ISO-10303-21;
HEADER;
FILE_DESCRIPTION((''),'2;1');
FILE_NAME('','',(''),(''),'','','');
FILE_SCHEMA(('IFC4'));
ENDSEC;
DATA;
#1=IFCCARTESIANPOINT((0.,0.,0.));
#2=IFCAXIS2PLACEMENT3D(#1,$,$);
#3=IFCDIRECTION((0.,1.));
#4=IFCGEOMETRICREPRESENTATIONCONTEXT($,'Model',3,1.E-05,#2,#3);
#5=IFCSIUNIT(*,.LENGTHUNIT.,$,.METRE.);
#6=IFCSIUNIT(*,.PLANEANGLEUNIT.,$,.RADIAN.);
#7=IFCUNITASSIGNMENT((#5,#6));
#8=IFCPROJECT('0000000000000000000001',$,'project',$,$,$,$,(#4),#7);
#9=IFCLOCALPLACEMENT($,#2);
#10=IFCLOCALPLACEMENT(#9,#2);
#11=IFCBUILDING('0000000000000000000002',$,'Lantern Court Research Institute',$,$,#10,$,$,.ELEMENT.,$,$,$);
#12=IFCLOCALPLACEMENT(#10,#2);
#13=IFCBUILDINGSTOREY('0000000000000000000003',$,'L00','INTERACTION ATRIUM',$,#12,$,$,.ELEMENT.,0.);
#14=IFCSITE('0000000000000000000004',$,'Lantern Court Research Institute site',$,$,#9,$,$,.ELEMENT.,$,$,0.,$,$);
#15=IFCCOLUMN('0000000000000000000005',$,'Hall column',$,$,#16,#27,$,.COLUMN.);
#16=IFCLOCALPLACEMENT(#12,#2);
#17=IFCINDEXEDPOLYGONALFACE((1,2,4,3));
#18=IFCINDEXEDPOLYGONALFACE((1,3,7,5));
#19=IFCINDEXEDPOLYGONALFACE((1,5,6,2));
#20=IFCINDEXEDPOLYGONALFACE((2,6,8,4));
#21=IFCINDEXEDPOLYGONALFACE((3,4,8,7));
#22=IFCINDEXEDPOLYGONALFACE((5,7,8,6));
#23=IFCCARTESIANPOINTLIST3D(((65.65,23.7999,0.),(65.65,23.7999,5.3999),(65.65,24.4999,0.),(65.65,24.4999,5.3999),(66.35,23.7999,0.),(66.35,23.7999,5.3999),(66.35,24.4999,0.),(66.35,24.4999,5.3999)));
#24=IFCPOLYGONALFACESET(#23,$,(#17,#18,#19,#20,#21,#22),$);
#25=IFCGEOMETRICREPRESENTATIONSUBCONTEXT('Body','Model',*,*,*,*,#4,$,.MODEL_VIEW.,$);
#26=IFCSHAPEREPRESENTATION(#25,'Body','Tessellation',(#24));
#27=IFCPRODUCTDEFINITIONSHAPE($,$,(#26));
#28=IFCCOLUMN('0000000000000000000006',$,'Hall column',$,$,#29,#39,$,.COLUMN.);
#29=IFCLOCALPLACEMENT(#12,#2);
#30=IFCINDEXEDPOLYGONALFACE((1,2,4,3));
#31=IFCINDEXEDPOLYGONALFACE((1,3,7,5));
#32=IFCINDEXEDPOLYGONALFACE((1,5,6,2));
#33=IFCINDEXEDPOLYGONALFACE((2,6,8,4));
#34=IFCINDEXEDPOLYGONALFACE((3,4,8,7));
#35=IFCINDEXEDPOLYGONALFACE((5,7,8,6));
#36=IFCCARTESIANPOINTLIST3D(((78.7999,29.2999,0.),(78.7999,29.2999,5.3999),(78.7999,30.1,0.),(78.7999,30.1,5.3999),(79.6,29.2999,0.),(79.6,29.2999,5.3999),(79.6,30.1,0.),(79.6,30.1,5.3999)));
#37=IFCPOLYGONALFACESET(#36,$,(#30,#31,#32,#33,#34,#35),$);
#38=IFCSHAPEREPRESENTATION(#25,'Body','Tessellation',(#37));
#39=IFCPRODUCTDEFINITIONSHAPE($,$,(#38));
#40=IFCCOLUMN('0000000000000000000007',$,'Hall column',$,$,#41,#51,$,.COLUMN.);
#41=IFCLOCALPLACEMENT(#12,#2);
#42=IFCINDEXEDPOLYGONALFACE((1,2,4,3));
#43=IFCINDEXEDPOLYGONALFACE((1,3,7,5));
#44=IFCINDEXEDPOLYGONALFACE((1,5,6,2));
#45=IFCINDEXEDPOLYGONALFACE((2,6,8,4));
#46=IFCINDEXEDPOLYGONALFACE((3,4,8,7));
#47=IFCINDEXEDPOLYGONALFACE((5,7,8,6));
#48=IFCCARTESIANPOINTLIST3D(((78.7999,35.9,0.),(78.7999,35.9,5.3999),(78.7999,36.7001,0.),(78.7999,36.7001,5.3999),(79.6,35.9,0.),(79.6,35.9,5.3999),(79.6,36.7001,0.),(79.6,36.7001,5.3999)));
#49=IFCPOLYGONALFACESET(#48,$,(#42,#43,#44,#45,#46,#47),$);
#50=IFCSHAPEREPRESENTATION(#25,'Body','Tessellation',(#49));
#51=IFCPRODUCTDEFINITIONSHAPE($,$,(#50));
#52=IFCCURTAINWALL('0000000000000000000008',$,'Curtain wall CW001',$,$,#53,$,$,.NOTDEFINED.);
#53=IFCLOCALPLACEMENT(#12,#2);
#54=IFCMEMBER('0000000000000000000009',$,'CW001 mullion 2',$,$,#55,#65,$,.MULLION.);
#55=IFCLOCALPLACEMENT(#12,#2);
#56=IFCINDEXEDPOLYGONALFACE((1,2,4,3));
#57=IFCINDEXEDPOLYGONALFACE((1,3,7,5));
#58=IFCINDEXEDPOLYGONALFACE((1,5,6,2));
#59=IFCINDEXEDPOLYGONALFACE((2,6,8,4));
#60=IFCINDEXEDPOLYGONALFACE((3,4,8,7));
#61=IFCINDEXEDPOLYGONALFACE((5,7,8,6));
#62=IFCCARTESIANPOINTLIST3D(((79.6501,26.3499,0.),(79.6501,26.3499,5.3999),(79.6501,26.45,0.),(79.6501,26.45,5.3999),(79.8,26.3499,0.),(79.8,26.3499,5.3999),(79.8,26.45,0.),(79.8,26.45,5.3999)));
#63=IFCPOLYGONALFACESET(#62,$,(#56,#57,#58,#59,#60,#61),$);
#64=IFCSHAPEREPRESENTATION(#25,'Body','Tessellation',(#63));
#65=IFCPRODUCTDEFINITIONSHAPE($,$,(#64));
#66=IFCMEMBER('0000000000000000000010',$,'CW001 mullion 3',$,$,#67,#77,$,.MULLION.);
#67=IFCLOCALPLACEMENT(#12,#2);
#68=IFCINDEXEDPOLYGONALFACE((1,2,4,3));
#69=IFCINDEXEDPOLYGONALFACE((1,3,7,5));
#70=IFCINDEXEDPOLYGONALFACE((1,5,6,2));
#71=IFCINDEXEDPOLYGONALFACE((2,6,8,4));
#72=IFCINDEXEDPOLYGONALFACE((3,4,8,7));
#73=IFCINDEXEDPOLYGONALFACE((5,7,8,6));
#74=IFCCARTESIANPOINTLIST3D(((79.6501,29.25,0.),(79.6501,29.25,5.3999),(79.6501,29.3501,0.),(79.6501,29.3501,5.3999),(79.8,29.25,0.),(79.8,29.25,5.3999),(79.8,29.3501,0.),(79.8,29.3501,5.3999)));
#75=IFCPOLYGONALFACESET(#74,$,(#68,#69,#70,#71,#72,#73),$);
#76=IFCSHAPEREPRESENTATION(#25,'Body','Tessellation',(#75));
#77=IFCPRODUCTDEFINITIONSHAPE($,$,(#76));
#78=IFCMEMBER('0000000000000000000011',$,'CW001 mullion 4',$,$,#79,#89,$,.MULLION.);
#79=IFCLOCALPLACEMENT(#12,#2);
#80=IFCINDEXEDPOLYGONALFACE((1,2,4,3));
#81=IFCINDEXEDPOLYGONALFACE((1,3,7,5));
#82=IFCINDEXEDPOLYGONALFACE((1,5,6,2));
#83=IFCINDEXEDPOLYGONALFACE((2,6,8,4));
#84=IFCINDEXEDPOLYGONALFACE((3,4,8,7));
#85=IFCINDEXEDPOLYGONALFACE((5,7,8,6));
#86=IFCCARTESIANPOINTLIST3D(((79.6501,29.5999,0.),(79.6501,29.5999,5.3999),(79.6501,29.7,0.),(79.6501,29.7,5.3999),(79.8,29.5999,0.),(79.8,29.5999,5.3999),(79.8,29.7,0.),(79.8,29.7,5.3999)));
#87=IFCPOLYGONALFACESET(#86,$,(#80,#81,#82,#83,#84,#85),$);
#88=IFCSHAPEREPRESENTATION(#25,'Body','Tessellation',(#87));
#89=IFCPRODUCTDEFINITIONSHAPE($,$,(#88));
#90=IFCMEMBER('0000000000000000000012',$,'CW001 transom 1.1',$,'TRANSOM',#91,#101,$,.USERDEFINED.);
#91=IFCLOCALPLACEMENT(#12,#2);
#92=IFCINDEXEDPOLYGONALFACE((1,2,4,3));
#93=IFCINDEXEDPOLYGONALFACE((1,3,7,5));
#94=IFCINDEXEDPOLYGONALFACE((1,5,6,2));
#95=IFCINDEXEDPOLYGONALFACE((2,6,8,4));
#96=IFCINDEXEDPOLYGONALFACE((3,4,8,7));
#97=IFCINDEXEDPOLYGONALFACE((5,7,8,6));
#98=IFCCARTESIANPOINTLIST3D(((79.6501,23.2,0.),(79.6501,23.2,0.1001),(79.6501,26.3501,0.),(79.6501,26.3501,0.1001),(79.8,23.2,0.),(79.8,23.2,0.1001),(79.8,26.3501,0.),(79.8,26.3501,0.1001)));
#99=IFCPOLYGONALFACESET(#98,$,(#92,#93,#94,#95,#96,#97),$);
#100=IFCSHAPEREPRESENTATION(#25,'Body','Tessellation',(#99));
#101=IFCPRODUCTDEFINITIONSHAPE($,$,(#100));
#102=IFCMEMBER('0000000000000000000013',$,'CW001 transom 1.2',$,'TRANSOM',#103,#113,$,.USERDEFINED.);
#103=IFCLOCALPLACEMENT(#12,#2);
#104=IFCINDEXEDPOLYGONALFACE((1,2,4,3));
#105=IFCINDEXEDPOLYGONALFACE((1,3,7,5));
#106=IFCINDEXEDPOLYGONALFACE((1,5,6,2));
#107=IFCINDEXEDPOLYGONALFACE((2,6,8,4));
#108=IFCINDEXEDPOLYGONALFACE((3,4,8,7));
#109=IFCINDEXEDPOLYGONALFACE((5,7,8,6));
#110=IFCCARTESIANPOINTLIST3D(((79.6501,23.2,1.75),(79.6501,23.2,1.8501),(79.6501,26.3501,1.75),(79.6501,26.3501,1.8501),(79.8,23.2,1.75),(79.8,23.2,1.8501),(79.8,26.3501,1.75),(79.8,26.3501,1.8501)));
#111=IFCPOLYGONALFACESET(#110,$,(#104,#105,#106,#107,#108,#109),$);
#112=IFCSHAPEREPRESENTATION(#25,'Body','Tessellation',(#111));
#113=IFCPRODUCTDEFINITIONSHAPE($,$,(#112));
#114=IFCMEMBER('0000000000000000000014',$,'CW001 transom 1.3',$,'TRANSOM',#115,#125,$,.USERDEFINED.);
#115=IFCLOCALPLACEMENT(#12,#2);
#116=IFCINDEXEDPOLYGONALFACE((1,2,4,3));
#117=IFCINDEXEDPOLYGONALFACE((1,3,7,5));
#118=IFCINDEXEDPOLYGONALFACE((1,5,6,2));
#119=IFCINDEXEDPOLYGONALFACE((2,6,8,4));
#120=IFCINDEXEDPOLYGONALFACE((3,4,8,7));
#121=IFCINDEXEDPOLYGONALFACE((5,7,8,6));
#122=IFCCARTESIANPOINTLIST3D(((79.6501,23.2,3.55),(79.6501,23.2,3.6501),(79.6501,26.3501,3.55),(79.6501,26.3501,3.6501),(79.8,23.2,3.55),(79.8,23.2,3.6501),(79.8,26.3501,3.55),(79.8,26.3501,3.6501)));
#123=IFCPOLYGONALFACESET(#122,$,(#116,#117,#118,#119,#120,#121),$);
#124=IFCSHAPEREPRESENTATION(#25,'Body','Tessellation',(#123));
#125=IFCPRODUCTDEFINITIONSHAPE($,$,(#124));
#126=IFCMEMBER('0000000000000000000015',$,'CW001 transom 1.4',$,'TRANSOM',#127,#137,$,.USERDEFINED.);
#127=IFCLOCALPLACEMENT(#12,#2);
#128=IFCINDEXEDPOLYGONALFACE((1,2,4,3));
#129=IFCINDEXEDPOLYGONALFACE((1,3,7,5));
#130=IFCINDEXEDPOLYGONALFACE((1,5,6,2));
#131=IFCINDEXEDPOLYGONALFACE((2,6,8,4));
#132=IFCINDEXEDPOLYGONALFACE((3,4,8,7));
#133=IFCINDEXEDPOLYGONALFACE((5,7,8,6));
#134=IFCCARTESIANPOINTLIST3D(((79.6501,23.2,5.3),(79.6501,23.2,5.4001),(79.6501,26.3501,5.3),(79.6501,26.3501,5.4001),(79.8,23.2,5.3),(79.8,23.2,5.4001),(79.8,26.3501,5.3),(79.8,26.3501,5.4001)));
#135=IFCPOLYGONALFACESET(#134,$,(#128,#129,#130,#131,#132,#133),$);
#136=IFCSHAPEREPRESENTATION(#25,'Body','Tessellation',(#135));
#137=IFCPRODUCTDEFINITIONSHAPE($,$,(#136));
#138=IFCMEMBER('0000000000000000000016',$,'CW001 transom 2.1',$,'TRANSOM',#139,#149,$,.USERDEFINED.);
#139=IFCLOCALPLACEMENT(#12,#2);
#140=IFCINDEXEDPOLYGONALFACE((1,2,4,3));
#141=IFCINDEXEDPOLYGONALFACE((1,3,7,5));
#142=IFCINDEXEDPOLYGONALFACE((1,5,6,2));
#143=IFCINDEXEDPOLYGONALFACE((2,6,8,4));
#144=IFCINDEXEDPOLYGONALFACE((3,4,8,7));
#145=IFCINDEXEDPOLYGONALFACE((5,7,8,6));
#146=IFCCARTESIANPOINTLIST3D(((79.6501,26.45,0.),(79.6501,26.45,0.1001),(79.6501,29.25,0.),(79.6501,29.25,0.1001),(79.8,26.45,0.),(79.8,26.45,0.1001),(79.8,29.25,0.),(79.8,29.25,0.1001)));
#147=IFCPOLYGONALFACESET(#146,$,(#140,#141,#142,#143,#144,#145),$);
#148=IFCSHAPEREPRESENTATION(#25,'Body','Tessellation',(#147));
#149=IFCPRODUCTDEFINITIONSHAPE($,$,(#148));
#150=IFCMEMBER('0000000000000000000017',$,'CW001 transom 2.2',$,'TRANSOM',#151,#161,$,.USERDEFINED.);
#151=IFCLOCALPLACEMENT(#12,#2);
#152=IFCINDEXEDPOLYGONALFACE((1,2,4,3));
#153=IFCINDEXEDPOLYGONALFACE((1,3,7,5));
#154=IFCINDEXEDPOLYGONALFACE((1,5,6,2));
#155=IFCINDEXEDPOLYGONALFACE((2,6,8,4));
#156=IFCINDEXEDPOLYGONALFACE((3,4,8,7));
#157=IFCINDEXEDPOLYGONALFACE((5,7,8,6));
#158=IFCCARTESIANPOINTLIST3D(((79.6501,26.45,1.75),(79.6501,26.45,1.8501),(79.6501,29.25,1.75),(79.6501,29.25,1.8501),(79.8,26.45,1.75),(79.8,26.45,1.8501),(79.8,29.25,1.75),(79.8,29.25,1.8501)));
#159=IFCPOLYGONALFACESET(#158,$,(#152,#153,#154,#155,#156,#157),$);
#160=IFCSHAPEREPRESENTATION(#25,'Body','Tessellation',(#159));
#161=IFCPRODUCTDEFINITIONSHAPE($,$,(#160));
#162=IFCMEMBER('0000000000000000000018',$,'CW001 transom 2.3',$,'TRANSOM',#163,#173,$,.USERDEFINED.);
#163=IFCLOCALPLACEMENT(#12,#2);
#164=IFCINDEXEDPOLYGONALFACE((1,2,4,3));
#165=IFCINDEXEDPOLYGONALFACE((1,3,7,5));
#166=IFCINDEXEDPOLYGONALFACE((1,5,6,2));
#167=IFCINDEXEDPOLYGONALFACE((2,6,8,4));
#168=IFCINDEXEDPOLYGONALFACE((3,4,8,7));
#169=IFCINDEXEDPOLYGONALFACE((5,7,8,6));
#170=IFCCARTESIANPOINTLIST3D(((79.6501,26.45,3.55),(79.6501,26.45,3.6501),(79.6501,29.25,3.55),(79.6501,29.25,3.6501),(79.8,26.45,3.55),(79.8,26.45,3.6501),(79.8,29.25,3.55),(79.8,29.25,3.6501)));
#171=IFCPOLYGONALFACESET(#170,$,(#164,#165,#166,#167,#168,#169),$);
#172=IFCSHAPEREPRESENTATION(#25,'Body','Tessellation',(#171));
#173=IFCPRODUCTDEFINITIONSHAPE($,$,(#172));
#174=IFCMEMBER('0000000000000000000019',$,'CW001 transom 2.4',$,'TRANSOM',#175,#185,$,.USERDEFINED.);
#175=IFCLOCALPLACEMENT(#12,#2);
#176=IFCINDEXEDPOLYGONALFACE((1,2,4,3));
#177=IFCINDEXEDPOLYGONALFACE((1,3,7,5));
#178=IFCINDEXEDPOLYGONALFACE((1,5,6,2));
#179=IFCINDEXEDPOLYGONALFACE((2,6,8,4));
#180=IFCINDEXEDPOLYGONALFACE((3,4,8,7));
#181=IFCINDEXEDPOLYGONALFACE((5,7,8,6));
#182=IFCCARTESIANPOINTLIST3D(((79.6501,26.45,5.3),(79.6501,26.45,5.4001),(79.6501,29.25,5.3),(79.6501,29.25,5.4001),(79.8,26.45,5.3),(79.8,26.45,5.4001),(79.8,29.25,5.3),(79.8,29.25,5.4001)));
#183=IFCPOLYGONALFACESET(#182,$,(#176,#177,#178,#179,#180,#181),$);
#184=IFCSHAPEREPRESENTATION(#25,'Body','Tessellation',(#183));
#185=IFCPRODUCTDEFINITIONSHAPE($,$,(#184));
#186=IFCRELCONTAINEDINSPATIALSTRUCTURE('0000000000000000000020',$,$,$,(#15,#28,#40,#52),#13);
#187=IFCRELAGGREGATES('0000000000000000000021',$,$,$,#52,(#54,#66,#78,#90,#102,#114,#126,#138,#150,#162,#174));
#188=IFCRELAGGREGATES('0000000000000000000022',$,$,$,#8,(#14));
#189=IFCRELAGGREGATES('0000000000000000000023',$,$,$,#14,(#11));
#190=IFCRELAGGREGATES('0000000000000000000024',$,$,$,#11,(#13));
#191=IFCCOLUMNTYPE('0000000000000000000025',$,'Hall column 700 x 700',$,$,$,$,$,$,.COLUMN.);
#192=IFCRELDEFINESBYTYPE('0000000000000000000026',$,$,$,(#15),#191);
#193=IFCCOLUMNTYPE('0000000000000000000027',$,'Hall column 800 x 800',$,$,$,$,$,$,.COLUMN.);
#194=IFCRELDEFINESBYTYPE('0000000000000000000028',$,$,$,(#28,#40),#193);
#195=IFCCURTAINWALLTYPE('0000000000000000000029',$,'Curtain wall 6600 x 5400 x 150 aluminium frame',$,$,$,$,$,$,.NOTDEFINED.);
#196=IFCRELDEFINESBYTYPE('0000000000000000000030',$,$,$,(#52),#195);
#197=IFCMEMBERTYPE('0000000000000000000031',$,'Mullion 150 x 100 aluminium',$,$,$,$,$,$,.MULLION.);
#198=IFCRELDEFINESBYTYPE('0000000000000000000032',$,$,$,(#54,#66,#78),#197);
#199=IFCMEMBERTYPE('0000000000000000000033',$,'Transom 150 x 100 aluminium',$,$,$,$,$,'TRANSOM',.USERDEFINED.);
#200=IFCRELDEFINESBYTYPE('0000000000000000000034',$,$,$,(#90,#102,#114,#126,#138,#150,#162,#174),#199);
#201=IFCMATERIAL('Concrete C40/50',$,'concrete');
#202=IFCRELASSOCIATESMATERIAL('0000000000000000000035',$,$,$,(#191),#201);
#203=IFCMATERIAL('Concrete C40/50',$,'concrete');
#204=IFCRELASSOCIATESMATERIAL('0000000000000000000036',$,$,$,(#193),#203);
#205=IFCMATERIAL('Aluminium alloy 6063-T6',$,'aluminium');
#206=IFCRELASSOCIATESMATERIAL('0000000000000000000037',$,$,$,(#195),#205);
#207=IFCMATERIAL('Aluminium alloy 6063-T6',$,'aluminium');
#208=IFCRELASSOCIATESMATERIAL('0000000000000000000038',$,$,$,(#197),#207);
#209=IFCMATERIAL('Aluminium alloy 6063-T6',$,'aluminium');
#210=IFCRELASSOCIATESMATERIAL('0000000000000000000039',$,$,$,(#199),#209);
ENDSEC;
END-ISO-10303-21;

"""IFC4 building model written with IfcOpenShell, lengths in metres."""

from ifc_helpers import new_model, si_unit, direction, frame, origin, origin_2d, place, context, subcontext, project, spatial, rectangle, extrude, material, material_profile, profile_set, type_object, element, aggregate, save


model = new_model("IFC4")

# Units and contexts
model_context = context("Model", 3, precision=1e-05, world=origin(), true_north=direction((0.0, 1.0)))
body_context = subcontext(model_context, "Body", "Model", "MODEL_VIEW")
ifc_project = project(units=[si_unit("LENGTHUNIT", "METRE"), si_unit("PLANEANGLEUNIT", "RADIAN")], contexts=[model_context])

# Site, building, storey
site_placement = place(None, origin())
site = spatial("IfcSite", under=ifc_project, at=site_placement, Name="Lantern Court Research Institute site", CompositionType="ELEMENT", RefElevation=0.0)
building_placement = place(site_placement, origin())
building = spatial("IfcBuilding", under=site, at=building_placement, Name="Lantern Court Research Institute", CompositionType="ELEMENT")
storey_placement = place(building_placement, origin())
storey = spatial("IfcBuildingStorey", under=building, at=storey_placement, Name="L00", Description="INTERACTION ATRIUM", CompositionType="ELEMENT", Elevation=0.0)

# Columns
ifc_material_1 = material(Name="Concrete C40/50", Category="concrete")
ifc_material_profile_1 = material_profile(ifc_material_1, rectangle(XDim=0.7, YDim=0.7, at=origin_2d()), Name="Hall column 700 x 700")
ifc_profile_set_1 = profile_set([ifc_material_profile_1], Name="Concrete C40/50")
column_type_1 = type_object("IfcColumnType", Name="Hall column 700 x 700", PredefinedType="COLUMN", material=ifc_profile_set_1)
column_placement = place(storey_placement, frame((66.0, 24.1499, 0.0), z_axis=(0.0, 0.0, 1.0), x_axis=(1.0, 0.0, 0.0)))
element("IfcColumn", 1, at=column_placement, inside=storey, type_object=column_type_1, Name="Hall column", PredefinedType="COLUMN", context=body_context, shape_type="SweptSolid", body=[
    extrude(rectangle(XDim=0.7, YDim=0.7, at=origin_2d()), origin(), (0.0, 0.0, 1.0), 5.3999),
])
ifc_material_2 = material(Name="Concrete C40/50", Category="concrete")
ifc_material_profile_2 = material_profile(ifc_material_2, rectangle(XDim=0.8, YDim=0.8, at=origin_2d()), Name="Hall column 800 x 800")
ifc_profile_set_2 = profile_set([ifc_material_profile_2], Name="Concrete C40/50")
column_type_2 = type_object("IfcColumnType", Name="Hall column 800 x 800", PredefinedType="COLUMN", material=ifc_profile_set_2)
for number, where, z_axis, x_axis, name in (
    (2, (79.2, 29.7, 0.0), (0.0, 0.0, 1.0), (1.0, 0.0, 0.0), "Hall column"),
    (3, (79.2, 36.3, 0.0), (0.0, 0.0, 1.0), (1.0, 0.0, 0.0), "Hall column"),
):
    element("IfcColumn", number, at=place(storey_placement, frame(where, z_axis=z_axis, x_axis=x_axis)), inside=storey, type_object=column_type_2, Name=name, PredefinedType="COLUMN", context=body_context, shape_type="SweptSolid", body=[
        extrude(rectangle(XDim=0.8, YDim=0.8, at=origin_2d()), origin(), (0.0, 0.0, 1.0), 5.3999),
    ])

# Curtain wall, members
ifc_material_3 = material(Name="Aluminium alloy 6063-T6", Category="aluminium")
curtain_wall_type = type_object("IfcCurtainWallType", Name="Curtain wall 6600 x 5400 x 150 aluminium frame", PredefinedType="NOTDEFINED", material=ifc_material_3)
curtain_wall_placement = place(storey_placement, origin())
curtain_wall = element("IfcCurtainWall", 4, at=curtain_wall_placement, inside=storey, type_object=curtain_wall_type, Name="Curtain wall CW001", PredefinedType="NOTDEFINED")
ifc_material_4 = material(Name="Aluminium alloy 6063-T6", Category="aluminium")
ifc_material_profile_3 = material_profile(ifc_material_4, rectangle(XDim=0.1499, YDim=0.1001, at=origin_2d()), Name="Mullion 150 x 100")
ifc_profile_set_3 = profile_set([ifc_material_profile_3], Name="Aluminium alloy 6063-T6")
member_type_1 = type_object("IfcMemberType", Name="Mullion 150 x 100 aluminium", PredefinedType="MULLION", material=ifc_profile_set_3)
member_1_placement = place(storey_placement, frame((79.7251, 26.3999, 0.0), z_axis=(0.0, 0.0, 1.0), x_axis=(1.0, 0.0, 0.0)))
member_1 = element("IfcMember", 5, at=member_1_placement, type_object=member_type_1, Name="CW001 mullion 2", PredefinedType="MULLION", context=body_context, shape_type="SweptSolid", body=[
    extrude(rectangle(XDim=0.1499, YDim=0.1001, at=origin_2d()), origin(), (0.0, 0.0, 1.0), 5.3999),
])
member_2_placement = place(storey_placement, frame((79.7251, 29.3, 0.0), z_axis=(0.0, 0.0, 1.0), x_axis=(1.0, 0.0, 0.0)))
member_2 = element("IfcMember", 6, at=member_2_placement, type_object=member_type_1, Name="CW001 mullion 3", PredefinedType="MULLION", context=body_context, shape_type="SweptSolid", body=[
    extrude(rectangle(XDim=0.1499, YDim=0.1001, at=origin_2d()), origin(), (0.0, 0.0, 1.0), 5.3999),
])
member_3_placement = place(storey_placement, frame((79.7251, 29.6499, 0.0), z_axis=(0.0, 0.0, 1.0), x_axis=(1.0, 0.0, 0.0)))
member_3 = element("IfcMember", 7, at=member_3_placement, type_object=member_type_1, Name="CW001 mullion 4", PredefinedType="MULLION", context=body_context, shape_type="SweptSolid", body=[
    extrude(rectangle(XDim=0.1499, YDim=0.1001, at=origin_2d()), origin(), (0.0, 0.0, 1.0), 5.3999),
])
ifc_material_5 = material(Name="Aluminium alloy 6063-T6", Category="aluminium")
ifc_material_profile_4 = material_profile(ifc_material_5, rectangle(XDim=0.1499, YDim=0.1001, at=origin_2d()), Name="Transom 150 x 100")
ifc_profile_set_4 = profile_set([ifc_material_profile_4], Name="Aluminium alloy 6063-T6")
member_type_2 = type_object("IfcMemberType", Name="Transom 150 x 100 aluminium", ElementType="TRANSOM", PredefinedType="USERDEFINED", material=ifc_profile_set_4)
member_4_placement = place(storey_placement, frame((79.7251, 26.3501, 0.05), z_axis=(0.0, -1.0, 0.0), x_axis=(1.0, 0.0, 0.0)))
member_4 = element("IfcMember", 8, at=member_4_placement, type_object=member_type_2, Name="CW001 transom 1.1", ObjectType="TRANSOM", PredefinedType="USERDEFINED", context=body_context, shape_type="SweptSolid", body=[
    extrude(rectangle(XDim=0.1499, YDim=0.1001, at=origin_2d()), origin(), (0.0, 0.0, 1.0), 3.1501),
])
member_5_placement = place(storey_placement, frame((79.7251, 26.3501, 1.8), z_axis=(0.0, -1.0, 0.0), x_axis=(1.0, 0.0, 0.0)))
member_5 = element("IfcMember", 9, at=member_5_placement, type_object=member_type_2, Name="CW001 transom 1.2", ObjectType="TRANSOM", PredefinedType="USERDEFINED", context=body_context, shape_type="SweptSolid", body=[
    extrude(rectangle(XDim=0.1499, YDim=0.1001, at=origin_2d()), origin(), (0.0, 0.0, 1.0), 3.1501),
])
member_6_placement = place(storey_placement, frame((79.7251, 26.3501, 3.6001), z_axis=(0.0, -1.0, 0.0), x_axis=(1.0, 0.0, 0.0)))
member_6 = element("IfcMember", 10, at=member_6_placement, type_object=member_type_2, Name="CW001 transom 1.3", ObjectType="TRANSOM", PredefinedType="USERDEFINED", context=body_context, shape_type="SweptSolid", body=[
    extrude(rectangle(XDim=0.1499, YDim=0.1001, at=origin_2d()), origin(), (0.0, 0.0, 1.0), 3.1501),
])
member_7_placement = place(storey_placement, frame((79.7251, 26.3501, 5.3501), z_axis=(0.0, -1.0, 0.0), x_axis=(1.0, 0.0, 0.0)))
member_7 = element("IfcMember", 11, at=member_7_placement, type_object=member_type_2, Name="CW001 transom 1.4", ObjectType="TRANSOM", PredefinedType="USERDEFINED", context=body_context, shape_type="SweptSolid", body=[
    extrude(rectangle(XDim=0.1499, YDim=0.1001, at=origin_2d()), origin(), (0.0, 0.0, 1.0), 3.1501),
])
member_8_placement = place(storey_placement, frame((79.7251, 29.25, 0.05), z_axis=(0.0, -1.0, 0.0), x_axis=(1.0, 0.0, 0.0)))
member_8 = element("IfcMember", 12, at=member_8_placement, type_object=member_type_2, Name="CW001 transom 2.1", ObjectType="TRANSOM", PredefinedType="USERDEFINED", context=body_context, shape_type="SweptSolid", body=[
    extrude(rectangle(XDim=0.1499, YDim=0.1001, at=origin_2d()), origin(), (0.0, 0.0, 1.0), 2.8),
])
member_9_placement = place(storey_placement, frame((79.7251, 29.25, 1.8), z_axis=(0.0, -1.0, 0.0), x_axis=(1.0, 0.0, 0.0)))
member_9 = element("IfcMember", 13, at=member_9_placement, type_object=member_type_2, Name="CW001 transom 2.2", ObjectType="TRANSOM", PredefinedType="USERDEFINED", context=body_context, shape_type="SweptSolid", body=[
    extrude(rectangle(XDim=0.1499, YDim=0.1001, at=origin_2d()), origin(), (0.0, 0.0, 1.0), 2.8),
])
member_10_placement = place(storey_placement, frame((79.7251, 29.25, 3.6001), z_axis=(0.0, -1.0, 0.0), x_axis=(1.0, 0.0, 0.0)))
member_10 = element("IfcMember", 14, at=member_10_placement, type_object=member_type_2, Name="CW001 transom 2.3", ObjectType="TRANSOM", PredefinedType="USERDEFINED", context=body_context, shape_type="SweptSolid", body=[
    extrude(rectangle(XDim=0.1499, YDim=0.1001, at=origin_2d()), origin(), (0.0, 0.0, 1.0), 2.8),
])
member_11_placement = place(storey_placement, frame((79.7251, 29.25, 5.3501), z_axis=(0.0, -1.0, 0.0), x_axis=(1.0, 0.0, 0.0)))
member_11 = element("IfcMember", 15, at=member_11_placement, type_object=member_type_2, Name="CW001 transom 2.4", ObjectType="TRANSOM", PredefinedType="USERDEFINED", context=body_context, shape_type="SweptSolid", body=[
    extrude(rectangle(XDim=0.1499, YDim=0.1001, at=origin_2d()), origin(), (0.0, 0.0, 1.0), 2.8),
])
aggregate(curtain_wall, [member_1, member_2, member_3, member_4, member_5, member_6, member_7, member_8, member_9, member_10, member_11])

save(model, "model.ifc")
